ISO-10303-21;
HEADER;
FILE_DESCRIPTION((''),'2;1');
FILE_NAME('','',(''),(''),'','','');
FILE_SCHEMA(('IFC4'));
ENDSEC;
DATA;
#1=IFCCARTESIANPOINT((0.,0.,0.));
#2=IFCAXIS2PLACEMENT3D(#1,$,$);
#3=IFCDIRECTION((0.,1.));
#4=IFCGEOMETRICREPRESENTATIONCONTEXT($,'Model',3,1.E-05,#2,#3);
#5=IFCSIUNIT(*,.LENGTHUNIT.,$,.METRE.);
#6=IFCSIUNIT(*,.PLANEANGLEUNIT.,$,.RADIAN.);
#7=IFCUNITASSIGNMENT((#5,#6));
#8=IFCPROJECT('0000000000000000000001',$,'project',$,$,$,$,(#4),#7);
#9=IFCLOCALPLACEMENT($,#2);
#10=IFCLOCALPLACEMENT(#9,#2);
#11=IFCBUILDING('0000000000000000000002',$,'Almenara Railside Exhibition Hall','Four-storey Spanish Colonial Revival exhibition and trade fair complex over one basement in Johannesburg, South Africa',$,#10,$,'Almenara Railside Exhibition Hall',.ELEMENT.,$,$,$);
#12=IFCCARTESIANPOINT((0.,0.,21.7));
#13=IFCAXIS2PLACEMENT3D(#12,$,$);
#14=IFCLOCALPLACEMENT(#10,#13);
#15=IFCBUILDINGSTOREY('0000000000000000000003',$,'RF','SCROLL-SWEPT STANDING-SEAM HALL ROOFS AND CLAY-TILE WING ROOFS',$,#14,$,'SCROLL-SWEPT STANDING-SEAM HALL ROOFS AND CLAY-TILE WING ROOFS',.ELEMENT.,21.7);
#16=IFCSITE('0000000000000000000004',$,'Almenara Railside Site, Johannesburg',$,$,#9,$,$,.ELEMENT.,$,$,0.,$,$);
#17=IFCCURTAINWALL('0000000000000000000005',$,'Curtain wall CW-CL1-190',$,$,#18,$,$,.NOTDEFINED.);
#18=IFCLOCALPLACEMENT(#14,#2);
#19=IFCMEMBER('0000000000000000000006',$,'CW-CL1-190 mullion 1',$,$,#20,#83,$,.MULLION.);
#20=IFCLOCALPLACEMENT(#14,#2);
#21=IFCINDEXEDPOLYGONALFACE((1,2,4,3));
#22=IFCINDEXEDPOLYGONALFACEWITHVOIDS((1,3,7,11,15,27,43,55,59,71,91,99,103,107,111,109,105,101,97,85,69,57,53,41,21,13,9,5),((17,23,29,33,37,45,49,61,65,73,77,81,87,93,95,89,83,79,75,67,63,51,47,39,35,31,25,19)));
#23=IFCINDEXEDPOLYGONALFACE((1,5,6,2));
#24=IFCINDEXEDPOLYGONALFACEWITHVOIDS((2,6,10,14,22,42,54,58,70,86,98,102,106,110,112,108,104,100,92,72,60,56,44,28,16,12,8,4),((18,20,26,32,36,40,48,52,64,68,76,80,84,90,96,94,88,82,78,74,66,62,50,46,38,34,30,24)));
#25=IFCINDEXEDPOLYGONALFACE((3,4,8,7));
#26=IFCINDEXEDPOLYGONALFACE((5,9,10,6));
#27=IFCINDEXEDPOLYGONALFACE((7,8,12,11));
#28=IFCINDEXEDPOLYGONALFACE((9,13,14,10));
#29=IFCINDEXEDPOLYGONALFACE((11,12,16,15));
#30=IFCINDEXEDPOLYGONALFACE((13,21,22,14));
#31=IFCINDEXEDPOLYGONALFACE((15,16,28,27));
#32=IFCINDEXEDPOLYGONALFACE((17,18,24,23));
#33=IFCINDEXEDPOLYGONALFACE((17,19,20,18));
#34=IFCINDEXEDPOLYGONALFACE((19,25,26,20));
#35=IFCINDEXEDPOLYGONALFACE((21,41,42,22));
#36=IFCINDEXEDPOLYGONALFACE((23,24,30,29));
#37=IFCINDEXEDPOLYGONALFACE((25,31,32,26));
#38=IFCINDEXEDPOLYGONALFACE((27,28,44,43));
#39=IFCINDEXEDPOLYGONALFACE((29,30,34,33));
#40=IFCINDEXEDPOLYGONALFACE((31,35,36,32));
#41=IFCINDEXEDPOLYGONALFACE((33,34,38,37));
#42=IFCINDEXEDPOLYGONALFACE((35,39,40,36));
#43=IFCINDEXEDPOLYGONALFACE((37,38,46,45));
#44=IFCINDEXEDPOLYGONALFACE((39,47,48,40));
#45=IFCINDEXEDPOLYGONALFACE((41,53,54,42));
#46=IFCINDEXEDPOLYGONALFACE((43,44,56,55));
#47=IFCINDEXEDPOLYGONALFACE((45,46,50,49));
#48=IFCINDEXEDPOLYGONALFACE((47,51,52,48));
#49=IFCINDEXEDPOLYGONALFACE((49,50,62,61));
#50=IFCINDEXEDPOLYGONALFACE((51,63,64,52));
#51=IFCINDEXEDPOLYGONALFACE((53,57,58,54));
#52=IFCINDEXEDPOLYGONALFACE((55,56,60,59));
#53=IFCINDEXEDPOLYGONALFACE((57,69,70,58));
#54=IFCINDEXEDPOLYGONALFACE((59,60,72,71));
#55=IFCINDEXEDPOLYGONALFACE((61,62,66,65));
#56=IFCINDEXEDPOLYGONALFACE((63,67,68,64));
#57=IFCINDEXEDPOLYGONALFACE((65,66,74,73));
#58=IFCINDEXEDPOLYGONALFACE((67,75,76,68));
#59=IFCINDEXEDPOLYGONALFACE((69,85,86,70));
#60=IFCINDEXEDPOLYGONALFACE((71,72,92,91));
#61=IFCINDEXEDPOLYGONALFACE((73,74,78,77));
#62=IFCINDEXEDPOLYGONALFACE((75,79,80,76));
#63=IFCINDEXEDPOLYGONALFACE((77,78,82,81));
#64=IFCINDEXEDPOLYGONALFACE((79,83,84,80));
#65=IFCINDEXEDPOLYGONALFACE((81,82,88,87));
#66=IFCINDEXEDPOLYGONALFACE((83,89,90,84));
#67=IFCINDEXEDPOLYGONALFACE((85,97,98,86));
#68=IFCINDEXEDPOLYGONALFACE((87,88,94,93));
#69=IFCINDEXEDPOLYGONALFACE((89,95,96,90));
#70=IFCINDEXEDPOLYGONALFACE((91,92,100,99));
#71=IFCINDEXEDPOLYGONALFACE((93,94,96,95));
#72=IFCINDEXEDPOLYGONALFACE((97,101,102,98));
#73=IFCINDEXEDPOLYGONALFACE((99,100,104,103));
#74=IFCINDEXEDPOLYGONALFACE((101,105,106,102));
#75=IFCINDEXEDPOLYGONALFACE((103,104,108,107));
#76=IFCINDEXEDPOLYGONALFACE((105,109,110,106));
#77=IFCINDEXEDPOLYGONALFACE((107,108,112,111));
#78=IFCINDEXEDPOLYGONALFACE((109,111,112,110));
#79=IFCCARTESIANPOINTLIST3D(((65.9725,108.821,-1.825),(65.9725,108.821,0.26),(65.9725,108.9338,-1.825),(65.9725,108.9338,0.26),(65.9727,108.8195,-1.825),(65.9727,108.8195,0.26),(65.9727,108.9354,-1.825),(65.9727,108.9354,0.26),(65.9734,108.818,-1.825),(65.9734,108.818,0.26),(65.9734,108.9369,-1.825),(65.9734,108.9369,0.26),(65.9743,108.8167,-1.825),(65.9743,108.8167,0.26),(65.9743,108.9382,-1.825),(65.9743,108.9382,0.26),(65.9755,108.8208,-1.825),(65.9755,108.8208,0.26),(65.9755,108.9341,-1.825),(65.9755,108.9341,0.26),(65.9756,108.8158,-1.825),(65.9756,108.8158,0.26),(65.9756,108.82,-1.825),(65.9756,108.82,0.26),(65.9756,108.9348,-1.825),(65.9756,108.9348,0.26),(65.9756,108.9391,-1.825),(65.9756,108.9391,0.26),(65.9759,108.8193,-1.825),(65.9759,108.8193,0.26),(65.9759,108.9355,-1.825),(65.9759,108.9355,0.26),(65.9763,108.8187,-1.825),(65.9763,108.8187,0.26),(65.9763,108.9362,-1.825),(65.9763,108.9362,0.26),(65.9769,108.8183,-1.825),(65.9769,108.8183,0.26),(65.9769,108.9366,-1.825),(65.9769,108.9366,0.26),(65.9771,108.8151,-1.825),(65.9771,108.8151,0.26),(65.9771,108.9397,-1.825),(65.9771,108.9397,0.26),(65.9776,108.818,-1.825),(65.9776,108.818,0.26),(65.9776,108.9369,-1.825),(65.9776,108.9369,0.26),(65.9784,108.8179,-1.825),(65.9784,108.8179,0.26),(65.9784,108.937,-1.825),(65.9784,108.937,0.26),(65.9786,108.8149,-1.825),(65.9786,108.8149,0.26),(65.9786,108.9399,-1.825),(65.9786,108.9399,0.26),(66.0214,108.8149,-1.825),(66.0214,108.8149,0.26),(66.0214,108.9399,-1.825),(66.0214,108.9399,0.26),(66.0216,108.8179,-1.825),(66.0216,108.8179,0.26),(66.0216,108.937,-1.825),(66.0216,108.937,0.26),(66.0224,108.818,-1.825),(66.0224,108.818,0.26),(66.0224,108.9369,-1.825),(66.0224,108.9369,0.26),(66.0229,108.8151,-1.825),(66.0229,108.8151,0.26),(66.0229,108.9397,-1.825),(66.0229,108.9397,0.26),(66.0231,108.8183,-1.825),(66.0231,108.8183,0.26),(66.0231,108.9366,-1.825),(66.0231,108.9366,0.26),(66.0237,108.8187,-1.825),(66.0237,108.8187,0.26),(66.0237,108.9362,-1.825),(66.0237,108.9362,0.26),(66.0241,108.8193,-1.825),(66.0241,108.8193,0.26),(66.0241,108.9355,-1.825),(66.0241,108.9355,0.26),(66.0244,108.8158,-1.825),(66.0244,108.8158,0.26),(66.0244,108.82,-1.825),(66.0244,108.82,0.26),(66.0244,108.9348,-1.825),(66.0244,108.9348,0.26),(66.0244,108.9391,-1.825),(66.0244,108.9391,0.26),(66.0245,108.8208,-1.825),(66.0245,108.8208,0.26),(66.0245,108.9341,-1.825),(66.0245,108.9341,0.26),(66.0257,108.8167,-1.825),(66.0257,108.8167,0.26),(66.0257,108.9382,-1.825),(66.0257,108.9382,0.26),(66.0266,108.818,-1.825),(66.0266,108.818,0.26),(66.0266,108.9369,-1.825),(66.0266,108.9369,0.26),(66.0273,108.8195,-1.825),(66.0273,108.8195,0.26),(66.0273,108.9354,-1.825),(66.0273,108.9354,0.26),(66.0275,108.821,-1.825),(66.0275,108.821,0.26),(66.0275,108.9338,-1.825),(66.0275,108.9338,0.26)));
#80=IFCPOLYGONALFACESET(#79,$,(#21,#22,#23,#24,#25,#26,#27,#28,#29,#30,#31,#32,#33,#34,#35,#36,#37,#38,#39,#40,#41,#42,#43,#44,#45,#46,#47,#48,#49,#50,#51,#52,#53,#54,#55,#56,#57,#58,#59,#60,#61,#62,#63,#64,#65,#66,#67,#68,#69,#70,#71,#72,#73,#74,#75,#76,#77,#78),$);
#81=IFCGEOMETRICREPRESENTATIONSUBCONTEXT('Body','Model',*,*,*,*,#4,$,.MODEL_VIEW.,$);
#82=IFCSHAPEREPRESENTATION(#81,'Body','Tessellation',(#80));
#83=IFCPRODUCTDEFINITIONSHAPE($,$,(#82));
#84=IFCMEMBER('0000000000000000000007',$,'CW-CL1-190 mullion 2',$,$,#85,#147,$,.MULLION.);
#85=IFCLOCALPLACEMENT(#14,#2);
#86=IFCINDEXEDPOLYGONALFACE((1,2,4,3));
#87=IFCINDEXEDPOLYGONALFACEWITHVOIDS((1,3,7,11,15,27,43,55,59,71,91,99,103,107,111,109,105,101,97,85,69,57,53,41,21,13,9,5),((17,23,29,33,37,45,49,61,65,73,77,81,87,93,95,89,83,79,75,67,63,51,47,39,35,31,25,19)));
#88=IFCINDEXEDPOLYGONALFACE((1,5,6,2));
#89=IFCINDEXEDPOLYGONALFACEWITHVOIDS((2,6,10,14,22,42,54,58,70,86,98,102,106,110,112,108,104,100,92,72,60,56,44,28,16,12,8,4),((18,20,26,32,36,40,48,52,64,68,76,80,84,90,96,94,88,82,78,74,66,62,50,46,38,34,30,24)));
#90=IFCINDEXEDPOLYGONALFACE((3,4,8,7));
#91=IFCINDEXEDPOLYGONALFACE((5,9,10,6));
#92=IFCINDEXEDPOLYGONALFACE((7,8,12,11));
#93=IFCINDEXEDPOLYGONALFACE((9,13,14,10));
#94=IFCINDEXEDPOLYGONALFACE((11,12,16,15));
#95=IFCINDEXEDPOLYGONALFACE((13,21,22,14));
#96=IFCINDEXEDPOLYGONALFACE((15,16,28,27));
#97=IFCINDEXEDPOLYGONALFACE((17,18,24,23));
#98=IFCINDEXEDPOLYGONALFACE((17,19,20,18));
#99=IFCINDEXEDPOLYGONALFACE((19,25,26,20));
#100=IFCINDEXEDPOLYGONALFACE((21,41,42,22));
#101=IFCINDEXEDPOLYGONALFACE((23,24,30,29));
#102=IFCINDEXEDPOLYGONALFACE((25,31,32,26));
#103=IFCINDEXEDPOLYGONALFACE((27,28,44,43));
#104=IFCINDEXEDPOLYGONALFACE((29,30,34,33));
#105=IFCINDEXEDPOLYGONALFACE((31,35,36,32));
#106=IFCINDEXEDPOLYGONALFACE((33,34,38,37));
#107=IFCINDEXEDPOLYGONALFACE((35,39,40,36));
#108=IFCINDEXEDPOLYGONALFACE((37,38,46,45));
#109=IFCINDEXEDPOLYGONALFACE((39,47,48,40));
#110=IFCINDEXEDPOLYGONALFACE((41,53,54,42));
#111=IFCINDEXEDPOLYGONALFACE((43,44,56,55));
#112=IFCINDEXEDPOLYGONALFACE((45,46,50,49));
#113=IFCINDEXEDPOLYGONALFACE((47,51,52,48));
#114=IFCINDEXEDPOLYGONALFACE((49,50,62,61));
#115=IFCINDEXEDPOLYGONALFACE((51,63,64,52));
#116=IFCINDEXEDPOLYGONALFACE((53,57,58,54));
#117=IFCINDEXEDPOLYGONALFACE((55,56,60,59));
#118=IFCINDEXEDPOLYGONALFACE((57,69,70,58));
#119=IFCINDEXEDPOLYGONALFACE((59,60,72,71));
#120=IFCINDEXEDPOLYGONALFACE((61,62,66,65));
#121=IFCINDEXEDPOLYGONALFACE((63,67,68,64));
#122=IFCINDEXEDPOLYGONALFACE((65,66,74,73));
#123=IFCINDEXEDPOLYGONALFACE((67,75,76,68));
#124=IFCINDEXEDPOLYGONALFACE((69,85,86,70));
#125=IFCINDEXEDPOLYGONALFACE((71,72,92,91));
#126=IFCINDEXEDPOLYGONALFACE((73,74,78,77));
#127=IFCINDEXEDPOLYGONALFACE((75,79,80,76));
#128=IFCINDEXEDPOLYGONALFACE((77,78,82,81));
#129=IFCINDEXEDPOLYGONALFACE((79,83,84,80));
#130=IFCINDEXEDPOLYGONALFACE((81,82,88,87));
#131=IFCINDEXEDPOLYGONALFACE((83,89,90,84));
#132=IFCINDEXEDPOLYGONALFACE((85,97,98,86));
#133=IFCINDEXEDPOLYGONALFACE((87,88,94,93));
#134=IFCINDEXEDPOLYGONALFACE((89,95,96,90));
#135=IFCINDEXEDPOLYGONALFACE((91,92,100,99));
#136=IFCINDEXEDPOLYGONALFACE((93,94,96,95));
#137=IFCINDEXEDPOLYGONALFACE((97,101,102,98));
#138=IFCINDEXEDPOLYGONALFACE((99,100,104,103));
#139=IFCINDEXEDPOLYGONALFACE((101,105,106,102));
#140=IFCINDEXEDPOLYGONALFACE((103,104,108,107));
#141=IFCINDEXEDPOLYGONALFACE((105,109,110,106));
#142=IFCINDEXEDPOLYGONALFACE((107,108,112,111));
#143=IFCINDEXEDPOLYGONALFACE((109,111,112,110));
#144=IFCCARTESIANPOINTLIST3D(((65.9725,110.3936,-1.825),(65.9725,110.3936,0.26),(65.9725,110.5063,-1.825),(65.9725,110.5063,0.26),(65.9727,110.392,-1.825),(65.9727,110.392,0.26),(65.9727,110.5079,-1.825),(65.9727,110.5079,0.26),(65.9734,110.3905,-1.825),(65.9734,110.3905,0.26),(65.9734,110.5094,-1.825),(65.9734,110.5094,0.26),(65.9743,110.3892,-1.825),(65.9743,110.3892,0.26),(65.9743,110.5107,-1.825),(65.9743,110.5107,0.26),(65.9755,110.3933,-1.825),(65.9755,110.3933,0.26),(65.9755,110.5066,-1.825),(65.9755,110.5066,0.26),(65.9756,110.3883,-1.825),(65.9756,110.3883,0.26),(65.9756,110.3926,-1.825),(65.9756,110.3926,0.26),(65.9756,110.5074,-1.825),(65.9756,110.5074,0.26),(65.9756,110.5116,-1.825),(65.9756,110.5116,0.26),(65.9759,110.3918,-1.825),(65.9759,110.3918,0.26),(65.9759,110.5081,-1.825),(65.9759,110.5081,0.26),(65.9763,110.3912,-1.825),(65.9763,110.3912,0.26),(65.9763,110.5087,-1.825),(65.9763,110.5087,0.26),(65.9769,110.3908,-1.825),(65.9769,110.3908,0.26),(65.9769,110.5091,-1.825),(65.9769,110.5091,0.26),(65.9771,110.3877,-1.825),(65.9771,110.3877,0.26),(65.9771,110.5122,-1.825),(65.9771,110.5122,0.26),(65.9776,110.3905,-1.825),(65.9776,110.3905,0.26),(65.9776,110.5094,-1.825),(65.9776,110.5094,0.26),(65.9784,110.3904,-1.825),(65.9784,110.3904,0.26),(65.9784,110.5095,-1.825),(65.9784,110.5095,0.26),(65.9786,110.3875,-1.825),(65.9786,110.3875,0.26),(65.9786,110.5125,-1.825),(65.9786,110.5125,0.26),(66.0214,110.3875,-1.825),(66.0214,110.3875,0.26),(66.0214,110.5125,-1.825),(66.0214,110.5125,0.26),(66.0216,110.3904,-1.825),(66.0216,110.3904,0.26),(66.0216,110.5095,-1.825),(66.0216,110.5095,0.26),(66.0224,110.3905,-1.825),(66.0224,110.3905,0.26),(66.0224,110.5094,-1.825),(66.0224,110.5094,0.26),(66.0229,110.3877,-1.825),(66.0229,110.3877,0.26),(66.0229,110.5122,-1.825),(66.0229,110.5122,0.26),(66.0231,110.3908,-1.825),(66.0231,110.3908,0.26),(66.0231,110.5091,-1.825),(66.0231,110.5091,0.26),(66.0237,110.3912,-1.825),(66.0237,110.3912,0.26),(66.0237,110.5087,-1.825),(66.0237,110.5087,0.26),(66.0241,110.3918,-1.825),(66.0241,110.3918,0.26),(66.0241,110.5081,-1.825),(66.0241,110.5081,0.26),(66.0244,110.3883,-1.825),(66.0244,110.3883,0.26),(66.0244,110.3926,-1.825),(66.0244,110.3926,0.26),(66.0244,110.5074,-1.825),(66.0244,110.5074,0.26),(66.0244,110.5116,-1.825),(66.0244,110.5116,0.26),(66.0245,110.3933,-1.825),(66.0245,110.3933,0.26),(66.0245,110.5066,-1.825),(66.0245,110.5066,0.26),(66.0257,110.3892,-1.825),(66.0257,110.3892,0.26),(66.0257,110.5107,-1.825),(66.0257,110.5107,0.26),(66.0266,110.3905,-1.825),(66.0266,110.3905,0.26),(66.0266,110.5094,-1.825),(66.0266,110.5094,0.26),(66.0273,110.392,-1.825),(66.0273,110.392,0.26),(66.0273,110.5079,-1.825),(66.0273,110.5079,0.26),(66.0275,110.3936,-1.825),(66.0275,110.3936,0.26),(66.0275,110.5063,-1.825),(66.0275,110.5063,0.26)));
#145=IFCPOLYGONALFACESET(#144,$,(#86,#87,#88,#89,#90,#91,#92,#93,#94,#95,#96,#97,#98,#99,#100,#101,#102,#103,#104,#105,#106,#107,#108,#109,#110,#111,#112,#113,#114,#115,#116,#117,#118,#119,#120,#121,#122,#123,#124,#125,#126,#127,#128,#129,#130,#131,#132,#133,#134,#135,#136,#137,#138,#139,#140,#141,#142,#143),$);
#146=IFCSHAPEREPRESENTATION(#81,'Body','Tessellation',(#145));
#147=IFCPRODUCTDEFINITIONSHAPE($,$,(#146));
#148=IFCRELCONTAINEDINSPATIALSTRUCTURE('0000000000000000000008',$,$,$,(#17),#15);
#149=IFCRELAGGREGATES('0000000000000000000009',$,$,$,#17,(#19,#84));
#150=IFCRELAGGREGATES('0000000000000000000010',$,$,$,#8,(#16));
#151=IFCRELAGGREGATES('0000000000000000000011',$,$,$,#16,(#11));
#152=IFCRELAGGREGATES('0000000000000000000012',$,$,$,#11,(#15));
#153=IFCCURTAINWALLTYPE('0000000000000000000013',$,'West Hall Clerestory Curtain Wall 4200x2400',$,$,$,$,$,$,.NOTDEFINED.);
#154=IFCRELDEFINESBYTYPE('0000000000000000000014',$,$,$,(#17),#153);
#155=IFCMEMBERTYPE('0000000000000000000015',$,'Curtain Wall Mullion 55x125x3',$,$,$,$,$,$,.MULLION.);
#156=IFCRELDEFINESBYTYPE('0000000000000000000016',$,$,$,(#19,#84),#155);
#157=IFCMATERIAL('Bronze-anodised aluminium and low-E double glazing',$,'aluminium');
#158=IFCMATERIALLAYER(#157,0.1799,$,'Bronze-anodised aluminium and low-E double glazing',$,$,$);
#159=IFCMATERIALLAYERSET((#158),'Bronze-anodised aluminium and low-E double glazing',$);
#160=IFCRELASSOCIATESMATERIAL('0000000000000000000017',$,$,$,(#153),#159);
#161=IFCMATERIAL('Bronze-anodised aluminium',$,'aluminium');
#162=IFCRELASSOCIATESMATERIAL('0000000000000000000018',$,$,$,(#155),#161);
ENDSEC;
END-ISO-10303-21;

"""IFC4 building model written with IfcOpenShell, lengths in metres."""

from ifc_helpers import new_model, si_unit, direction, frame, origin, origin_2d, place, context, subcontext, project, spatial, hollow_rectangle, extrude, material, layer, layer_set, material_profile, profile_set, type_object, element, aggregate, save


model = new_model("IFC4")

# Units and contexts
model_context = context("Model", 3, precision=1e-05, world=origin(), true_north=direction((0.0, 1.0)))
body_context = subcontext(model_context, "Body", "Model", "MODEL_VIEW")
ifc_project = project(units=[si_unit("LENGTHUNIT", "METRE"), si_unit("PLANEANGLEUNIT", "RADIAN")], contexts=[model_context])

# Site, building, storey
site_placement = place(None, origin())
site = spatial("IfcSite", under=ifc_project, at=site_placement, Name="Almenara Railside Site, Johannesburg", CompositionType="ELEMENT", RefElevation=0.0)
building_placement = place(site_placement, origin())
building = spatial("IfcBuilding", under=site, at=building_placement, Name="Almenara Railside Exhibition Hall", Description="Four-storey Spanish Colonial Revival exhibition and trade fair complex over one basement in Johannesburg, South Africa", LongName="Almenara Railside Exhibition Hall", CompositionType="ELEMENT")
storey_placement = place(building_placement, frame((0.0, 0.0, 21.7)))
storey = spatial("IfcBuildingStorey", under=building, at=storey_placement, Name="RF", Description="SCROLL-SWEPT STANDING-SEAM HALL ROOFS AND CLAY-TILE WING ROOFS", LongName="SCROLL-SWEPT STANDING-SEAM HALL ROOFS AND CLAY-TILE WING ROOFS", CompositionType="ELEMENT", Elevation=21.7)

# Curtain wall, members
ifc_material_1 = material(Name="Bronze-anodised aluminium and low-E double glazing", Category="aluminium")
ifc_layer_1 = layer(ifc_material_1, 0.1799, Name="Bronze-anodised aluminium and low-E double glazing")
ifc_layer_set_1 = layer_set([ifc_layer_1], Name="Bronze-anodised aluminium and low-E double glazing")
curtain_wall_type = type_object("IfcCurtainWallType", Name="West Hall Clerestory Curtain Wall 4200x2400", PredefinedType="NOTDEFINED", material=ifc_layer_set_1)
curtain_wall_placement = place(storey_placement, origin())
curtain_wall = element("IfcCurtainWall", 1, at=curtain_wall_placement, inside=storey, type_object=curtain_wall_type, Name="Curtain wall CW-CL1-190", PredefinedType="NOTDEFINED")
ifc_material_2 = material(Name="Bronze-anodised aluminium", Category="aluminium")
ifc_material_profile_1 = material_profile(ifc_material_2, hollow_rectangle(XDim=0.0549, YDim=0.125, WallThickness=0.0029, InnerFilletRadius=0.0029, OuterFilletRadius=0.0061, at=origin_2d()), Name="ALU-MUL 55x125x3")
ifc_profile_set_1 = profile_set([ifc_material_profile_1], Name="Bronze-anodised aluminium")
member_type_1 = type_object("IfcMemberType", Name="Curtain Wall Mullion 55x125x3", PredefinedType="MULLION", material=ifc_profile_set_1)
member_1_placement = place(storey_placement, frame((66.0, 108.8774, -1.825), z_axis=(0.0, 0.0, 1.0), x_axis=(-1.0, 0.0, 0.0)))
member_1 = element("IfcMember", 2, at=member_1_placement, type_object=member_type_1, Name="CW-CL1-190 mullion 1", PredefinedType="MULLION", context=body_context, shape_type="SweptSolid", body=[
    extrude(hollow_rectangle(XDim=0.0549, YDim=0.125, WallThickness=0.0029, InnerFilletRadius=0.0029, OuterFilletRadius=0.0061, at=origin_2d()), origin(), (0.0, 0.0, 1.0), 2.085),
])
member_2_placement = place(storey_placement, frame((66.0, 110.45, -1.825), z_axis=(0.0, 0.0, 1.0), x_axis=(-1.0, 0.0, 0.0)))
member_2 = element("IfcMember", 3, at=member_2_placement, type_object=member_type_1, Name="CW-CL1-190 mullion 2", PredefinedType="MULLION", context=body_context, shape_type="SweptSolid", body=[
    extrude(hollow_rectangle(XDim=0.0549, YDim=0.125, WallThickness=0.0029, InnerFilletRadius=0.0029, OuterFilletRadius=0.0061, at=origin_2d()), origin(), (0.0, 0.0, 1.0), 2.085),
])

aggregate(curtain_wall, [member_1, member_2])

save(model, "model.ifc")
